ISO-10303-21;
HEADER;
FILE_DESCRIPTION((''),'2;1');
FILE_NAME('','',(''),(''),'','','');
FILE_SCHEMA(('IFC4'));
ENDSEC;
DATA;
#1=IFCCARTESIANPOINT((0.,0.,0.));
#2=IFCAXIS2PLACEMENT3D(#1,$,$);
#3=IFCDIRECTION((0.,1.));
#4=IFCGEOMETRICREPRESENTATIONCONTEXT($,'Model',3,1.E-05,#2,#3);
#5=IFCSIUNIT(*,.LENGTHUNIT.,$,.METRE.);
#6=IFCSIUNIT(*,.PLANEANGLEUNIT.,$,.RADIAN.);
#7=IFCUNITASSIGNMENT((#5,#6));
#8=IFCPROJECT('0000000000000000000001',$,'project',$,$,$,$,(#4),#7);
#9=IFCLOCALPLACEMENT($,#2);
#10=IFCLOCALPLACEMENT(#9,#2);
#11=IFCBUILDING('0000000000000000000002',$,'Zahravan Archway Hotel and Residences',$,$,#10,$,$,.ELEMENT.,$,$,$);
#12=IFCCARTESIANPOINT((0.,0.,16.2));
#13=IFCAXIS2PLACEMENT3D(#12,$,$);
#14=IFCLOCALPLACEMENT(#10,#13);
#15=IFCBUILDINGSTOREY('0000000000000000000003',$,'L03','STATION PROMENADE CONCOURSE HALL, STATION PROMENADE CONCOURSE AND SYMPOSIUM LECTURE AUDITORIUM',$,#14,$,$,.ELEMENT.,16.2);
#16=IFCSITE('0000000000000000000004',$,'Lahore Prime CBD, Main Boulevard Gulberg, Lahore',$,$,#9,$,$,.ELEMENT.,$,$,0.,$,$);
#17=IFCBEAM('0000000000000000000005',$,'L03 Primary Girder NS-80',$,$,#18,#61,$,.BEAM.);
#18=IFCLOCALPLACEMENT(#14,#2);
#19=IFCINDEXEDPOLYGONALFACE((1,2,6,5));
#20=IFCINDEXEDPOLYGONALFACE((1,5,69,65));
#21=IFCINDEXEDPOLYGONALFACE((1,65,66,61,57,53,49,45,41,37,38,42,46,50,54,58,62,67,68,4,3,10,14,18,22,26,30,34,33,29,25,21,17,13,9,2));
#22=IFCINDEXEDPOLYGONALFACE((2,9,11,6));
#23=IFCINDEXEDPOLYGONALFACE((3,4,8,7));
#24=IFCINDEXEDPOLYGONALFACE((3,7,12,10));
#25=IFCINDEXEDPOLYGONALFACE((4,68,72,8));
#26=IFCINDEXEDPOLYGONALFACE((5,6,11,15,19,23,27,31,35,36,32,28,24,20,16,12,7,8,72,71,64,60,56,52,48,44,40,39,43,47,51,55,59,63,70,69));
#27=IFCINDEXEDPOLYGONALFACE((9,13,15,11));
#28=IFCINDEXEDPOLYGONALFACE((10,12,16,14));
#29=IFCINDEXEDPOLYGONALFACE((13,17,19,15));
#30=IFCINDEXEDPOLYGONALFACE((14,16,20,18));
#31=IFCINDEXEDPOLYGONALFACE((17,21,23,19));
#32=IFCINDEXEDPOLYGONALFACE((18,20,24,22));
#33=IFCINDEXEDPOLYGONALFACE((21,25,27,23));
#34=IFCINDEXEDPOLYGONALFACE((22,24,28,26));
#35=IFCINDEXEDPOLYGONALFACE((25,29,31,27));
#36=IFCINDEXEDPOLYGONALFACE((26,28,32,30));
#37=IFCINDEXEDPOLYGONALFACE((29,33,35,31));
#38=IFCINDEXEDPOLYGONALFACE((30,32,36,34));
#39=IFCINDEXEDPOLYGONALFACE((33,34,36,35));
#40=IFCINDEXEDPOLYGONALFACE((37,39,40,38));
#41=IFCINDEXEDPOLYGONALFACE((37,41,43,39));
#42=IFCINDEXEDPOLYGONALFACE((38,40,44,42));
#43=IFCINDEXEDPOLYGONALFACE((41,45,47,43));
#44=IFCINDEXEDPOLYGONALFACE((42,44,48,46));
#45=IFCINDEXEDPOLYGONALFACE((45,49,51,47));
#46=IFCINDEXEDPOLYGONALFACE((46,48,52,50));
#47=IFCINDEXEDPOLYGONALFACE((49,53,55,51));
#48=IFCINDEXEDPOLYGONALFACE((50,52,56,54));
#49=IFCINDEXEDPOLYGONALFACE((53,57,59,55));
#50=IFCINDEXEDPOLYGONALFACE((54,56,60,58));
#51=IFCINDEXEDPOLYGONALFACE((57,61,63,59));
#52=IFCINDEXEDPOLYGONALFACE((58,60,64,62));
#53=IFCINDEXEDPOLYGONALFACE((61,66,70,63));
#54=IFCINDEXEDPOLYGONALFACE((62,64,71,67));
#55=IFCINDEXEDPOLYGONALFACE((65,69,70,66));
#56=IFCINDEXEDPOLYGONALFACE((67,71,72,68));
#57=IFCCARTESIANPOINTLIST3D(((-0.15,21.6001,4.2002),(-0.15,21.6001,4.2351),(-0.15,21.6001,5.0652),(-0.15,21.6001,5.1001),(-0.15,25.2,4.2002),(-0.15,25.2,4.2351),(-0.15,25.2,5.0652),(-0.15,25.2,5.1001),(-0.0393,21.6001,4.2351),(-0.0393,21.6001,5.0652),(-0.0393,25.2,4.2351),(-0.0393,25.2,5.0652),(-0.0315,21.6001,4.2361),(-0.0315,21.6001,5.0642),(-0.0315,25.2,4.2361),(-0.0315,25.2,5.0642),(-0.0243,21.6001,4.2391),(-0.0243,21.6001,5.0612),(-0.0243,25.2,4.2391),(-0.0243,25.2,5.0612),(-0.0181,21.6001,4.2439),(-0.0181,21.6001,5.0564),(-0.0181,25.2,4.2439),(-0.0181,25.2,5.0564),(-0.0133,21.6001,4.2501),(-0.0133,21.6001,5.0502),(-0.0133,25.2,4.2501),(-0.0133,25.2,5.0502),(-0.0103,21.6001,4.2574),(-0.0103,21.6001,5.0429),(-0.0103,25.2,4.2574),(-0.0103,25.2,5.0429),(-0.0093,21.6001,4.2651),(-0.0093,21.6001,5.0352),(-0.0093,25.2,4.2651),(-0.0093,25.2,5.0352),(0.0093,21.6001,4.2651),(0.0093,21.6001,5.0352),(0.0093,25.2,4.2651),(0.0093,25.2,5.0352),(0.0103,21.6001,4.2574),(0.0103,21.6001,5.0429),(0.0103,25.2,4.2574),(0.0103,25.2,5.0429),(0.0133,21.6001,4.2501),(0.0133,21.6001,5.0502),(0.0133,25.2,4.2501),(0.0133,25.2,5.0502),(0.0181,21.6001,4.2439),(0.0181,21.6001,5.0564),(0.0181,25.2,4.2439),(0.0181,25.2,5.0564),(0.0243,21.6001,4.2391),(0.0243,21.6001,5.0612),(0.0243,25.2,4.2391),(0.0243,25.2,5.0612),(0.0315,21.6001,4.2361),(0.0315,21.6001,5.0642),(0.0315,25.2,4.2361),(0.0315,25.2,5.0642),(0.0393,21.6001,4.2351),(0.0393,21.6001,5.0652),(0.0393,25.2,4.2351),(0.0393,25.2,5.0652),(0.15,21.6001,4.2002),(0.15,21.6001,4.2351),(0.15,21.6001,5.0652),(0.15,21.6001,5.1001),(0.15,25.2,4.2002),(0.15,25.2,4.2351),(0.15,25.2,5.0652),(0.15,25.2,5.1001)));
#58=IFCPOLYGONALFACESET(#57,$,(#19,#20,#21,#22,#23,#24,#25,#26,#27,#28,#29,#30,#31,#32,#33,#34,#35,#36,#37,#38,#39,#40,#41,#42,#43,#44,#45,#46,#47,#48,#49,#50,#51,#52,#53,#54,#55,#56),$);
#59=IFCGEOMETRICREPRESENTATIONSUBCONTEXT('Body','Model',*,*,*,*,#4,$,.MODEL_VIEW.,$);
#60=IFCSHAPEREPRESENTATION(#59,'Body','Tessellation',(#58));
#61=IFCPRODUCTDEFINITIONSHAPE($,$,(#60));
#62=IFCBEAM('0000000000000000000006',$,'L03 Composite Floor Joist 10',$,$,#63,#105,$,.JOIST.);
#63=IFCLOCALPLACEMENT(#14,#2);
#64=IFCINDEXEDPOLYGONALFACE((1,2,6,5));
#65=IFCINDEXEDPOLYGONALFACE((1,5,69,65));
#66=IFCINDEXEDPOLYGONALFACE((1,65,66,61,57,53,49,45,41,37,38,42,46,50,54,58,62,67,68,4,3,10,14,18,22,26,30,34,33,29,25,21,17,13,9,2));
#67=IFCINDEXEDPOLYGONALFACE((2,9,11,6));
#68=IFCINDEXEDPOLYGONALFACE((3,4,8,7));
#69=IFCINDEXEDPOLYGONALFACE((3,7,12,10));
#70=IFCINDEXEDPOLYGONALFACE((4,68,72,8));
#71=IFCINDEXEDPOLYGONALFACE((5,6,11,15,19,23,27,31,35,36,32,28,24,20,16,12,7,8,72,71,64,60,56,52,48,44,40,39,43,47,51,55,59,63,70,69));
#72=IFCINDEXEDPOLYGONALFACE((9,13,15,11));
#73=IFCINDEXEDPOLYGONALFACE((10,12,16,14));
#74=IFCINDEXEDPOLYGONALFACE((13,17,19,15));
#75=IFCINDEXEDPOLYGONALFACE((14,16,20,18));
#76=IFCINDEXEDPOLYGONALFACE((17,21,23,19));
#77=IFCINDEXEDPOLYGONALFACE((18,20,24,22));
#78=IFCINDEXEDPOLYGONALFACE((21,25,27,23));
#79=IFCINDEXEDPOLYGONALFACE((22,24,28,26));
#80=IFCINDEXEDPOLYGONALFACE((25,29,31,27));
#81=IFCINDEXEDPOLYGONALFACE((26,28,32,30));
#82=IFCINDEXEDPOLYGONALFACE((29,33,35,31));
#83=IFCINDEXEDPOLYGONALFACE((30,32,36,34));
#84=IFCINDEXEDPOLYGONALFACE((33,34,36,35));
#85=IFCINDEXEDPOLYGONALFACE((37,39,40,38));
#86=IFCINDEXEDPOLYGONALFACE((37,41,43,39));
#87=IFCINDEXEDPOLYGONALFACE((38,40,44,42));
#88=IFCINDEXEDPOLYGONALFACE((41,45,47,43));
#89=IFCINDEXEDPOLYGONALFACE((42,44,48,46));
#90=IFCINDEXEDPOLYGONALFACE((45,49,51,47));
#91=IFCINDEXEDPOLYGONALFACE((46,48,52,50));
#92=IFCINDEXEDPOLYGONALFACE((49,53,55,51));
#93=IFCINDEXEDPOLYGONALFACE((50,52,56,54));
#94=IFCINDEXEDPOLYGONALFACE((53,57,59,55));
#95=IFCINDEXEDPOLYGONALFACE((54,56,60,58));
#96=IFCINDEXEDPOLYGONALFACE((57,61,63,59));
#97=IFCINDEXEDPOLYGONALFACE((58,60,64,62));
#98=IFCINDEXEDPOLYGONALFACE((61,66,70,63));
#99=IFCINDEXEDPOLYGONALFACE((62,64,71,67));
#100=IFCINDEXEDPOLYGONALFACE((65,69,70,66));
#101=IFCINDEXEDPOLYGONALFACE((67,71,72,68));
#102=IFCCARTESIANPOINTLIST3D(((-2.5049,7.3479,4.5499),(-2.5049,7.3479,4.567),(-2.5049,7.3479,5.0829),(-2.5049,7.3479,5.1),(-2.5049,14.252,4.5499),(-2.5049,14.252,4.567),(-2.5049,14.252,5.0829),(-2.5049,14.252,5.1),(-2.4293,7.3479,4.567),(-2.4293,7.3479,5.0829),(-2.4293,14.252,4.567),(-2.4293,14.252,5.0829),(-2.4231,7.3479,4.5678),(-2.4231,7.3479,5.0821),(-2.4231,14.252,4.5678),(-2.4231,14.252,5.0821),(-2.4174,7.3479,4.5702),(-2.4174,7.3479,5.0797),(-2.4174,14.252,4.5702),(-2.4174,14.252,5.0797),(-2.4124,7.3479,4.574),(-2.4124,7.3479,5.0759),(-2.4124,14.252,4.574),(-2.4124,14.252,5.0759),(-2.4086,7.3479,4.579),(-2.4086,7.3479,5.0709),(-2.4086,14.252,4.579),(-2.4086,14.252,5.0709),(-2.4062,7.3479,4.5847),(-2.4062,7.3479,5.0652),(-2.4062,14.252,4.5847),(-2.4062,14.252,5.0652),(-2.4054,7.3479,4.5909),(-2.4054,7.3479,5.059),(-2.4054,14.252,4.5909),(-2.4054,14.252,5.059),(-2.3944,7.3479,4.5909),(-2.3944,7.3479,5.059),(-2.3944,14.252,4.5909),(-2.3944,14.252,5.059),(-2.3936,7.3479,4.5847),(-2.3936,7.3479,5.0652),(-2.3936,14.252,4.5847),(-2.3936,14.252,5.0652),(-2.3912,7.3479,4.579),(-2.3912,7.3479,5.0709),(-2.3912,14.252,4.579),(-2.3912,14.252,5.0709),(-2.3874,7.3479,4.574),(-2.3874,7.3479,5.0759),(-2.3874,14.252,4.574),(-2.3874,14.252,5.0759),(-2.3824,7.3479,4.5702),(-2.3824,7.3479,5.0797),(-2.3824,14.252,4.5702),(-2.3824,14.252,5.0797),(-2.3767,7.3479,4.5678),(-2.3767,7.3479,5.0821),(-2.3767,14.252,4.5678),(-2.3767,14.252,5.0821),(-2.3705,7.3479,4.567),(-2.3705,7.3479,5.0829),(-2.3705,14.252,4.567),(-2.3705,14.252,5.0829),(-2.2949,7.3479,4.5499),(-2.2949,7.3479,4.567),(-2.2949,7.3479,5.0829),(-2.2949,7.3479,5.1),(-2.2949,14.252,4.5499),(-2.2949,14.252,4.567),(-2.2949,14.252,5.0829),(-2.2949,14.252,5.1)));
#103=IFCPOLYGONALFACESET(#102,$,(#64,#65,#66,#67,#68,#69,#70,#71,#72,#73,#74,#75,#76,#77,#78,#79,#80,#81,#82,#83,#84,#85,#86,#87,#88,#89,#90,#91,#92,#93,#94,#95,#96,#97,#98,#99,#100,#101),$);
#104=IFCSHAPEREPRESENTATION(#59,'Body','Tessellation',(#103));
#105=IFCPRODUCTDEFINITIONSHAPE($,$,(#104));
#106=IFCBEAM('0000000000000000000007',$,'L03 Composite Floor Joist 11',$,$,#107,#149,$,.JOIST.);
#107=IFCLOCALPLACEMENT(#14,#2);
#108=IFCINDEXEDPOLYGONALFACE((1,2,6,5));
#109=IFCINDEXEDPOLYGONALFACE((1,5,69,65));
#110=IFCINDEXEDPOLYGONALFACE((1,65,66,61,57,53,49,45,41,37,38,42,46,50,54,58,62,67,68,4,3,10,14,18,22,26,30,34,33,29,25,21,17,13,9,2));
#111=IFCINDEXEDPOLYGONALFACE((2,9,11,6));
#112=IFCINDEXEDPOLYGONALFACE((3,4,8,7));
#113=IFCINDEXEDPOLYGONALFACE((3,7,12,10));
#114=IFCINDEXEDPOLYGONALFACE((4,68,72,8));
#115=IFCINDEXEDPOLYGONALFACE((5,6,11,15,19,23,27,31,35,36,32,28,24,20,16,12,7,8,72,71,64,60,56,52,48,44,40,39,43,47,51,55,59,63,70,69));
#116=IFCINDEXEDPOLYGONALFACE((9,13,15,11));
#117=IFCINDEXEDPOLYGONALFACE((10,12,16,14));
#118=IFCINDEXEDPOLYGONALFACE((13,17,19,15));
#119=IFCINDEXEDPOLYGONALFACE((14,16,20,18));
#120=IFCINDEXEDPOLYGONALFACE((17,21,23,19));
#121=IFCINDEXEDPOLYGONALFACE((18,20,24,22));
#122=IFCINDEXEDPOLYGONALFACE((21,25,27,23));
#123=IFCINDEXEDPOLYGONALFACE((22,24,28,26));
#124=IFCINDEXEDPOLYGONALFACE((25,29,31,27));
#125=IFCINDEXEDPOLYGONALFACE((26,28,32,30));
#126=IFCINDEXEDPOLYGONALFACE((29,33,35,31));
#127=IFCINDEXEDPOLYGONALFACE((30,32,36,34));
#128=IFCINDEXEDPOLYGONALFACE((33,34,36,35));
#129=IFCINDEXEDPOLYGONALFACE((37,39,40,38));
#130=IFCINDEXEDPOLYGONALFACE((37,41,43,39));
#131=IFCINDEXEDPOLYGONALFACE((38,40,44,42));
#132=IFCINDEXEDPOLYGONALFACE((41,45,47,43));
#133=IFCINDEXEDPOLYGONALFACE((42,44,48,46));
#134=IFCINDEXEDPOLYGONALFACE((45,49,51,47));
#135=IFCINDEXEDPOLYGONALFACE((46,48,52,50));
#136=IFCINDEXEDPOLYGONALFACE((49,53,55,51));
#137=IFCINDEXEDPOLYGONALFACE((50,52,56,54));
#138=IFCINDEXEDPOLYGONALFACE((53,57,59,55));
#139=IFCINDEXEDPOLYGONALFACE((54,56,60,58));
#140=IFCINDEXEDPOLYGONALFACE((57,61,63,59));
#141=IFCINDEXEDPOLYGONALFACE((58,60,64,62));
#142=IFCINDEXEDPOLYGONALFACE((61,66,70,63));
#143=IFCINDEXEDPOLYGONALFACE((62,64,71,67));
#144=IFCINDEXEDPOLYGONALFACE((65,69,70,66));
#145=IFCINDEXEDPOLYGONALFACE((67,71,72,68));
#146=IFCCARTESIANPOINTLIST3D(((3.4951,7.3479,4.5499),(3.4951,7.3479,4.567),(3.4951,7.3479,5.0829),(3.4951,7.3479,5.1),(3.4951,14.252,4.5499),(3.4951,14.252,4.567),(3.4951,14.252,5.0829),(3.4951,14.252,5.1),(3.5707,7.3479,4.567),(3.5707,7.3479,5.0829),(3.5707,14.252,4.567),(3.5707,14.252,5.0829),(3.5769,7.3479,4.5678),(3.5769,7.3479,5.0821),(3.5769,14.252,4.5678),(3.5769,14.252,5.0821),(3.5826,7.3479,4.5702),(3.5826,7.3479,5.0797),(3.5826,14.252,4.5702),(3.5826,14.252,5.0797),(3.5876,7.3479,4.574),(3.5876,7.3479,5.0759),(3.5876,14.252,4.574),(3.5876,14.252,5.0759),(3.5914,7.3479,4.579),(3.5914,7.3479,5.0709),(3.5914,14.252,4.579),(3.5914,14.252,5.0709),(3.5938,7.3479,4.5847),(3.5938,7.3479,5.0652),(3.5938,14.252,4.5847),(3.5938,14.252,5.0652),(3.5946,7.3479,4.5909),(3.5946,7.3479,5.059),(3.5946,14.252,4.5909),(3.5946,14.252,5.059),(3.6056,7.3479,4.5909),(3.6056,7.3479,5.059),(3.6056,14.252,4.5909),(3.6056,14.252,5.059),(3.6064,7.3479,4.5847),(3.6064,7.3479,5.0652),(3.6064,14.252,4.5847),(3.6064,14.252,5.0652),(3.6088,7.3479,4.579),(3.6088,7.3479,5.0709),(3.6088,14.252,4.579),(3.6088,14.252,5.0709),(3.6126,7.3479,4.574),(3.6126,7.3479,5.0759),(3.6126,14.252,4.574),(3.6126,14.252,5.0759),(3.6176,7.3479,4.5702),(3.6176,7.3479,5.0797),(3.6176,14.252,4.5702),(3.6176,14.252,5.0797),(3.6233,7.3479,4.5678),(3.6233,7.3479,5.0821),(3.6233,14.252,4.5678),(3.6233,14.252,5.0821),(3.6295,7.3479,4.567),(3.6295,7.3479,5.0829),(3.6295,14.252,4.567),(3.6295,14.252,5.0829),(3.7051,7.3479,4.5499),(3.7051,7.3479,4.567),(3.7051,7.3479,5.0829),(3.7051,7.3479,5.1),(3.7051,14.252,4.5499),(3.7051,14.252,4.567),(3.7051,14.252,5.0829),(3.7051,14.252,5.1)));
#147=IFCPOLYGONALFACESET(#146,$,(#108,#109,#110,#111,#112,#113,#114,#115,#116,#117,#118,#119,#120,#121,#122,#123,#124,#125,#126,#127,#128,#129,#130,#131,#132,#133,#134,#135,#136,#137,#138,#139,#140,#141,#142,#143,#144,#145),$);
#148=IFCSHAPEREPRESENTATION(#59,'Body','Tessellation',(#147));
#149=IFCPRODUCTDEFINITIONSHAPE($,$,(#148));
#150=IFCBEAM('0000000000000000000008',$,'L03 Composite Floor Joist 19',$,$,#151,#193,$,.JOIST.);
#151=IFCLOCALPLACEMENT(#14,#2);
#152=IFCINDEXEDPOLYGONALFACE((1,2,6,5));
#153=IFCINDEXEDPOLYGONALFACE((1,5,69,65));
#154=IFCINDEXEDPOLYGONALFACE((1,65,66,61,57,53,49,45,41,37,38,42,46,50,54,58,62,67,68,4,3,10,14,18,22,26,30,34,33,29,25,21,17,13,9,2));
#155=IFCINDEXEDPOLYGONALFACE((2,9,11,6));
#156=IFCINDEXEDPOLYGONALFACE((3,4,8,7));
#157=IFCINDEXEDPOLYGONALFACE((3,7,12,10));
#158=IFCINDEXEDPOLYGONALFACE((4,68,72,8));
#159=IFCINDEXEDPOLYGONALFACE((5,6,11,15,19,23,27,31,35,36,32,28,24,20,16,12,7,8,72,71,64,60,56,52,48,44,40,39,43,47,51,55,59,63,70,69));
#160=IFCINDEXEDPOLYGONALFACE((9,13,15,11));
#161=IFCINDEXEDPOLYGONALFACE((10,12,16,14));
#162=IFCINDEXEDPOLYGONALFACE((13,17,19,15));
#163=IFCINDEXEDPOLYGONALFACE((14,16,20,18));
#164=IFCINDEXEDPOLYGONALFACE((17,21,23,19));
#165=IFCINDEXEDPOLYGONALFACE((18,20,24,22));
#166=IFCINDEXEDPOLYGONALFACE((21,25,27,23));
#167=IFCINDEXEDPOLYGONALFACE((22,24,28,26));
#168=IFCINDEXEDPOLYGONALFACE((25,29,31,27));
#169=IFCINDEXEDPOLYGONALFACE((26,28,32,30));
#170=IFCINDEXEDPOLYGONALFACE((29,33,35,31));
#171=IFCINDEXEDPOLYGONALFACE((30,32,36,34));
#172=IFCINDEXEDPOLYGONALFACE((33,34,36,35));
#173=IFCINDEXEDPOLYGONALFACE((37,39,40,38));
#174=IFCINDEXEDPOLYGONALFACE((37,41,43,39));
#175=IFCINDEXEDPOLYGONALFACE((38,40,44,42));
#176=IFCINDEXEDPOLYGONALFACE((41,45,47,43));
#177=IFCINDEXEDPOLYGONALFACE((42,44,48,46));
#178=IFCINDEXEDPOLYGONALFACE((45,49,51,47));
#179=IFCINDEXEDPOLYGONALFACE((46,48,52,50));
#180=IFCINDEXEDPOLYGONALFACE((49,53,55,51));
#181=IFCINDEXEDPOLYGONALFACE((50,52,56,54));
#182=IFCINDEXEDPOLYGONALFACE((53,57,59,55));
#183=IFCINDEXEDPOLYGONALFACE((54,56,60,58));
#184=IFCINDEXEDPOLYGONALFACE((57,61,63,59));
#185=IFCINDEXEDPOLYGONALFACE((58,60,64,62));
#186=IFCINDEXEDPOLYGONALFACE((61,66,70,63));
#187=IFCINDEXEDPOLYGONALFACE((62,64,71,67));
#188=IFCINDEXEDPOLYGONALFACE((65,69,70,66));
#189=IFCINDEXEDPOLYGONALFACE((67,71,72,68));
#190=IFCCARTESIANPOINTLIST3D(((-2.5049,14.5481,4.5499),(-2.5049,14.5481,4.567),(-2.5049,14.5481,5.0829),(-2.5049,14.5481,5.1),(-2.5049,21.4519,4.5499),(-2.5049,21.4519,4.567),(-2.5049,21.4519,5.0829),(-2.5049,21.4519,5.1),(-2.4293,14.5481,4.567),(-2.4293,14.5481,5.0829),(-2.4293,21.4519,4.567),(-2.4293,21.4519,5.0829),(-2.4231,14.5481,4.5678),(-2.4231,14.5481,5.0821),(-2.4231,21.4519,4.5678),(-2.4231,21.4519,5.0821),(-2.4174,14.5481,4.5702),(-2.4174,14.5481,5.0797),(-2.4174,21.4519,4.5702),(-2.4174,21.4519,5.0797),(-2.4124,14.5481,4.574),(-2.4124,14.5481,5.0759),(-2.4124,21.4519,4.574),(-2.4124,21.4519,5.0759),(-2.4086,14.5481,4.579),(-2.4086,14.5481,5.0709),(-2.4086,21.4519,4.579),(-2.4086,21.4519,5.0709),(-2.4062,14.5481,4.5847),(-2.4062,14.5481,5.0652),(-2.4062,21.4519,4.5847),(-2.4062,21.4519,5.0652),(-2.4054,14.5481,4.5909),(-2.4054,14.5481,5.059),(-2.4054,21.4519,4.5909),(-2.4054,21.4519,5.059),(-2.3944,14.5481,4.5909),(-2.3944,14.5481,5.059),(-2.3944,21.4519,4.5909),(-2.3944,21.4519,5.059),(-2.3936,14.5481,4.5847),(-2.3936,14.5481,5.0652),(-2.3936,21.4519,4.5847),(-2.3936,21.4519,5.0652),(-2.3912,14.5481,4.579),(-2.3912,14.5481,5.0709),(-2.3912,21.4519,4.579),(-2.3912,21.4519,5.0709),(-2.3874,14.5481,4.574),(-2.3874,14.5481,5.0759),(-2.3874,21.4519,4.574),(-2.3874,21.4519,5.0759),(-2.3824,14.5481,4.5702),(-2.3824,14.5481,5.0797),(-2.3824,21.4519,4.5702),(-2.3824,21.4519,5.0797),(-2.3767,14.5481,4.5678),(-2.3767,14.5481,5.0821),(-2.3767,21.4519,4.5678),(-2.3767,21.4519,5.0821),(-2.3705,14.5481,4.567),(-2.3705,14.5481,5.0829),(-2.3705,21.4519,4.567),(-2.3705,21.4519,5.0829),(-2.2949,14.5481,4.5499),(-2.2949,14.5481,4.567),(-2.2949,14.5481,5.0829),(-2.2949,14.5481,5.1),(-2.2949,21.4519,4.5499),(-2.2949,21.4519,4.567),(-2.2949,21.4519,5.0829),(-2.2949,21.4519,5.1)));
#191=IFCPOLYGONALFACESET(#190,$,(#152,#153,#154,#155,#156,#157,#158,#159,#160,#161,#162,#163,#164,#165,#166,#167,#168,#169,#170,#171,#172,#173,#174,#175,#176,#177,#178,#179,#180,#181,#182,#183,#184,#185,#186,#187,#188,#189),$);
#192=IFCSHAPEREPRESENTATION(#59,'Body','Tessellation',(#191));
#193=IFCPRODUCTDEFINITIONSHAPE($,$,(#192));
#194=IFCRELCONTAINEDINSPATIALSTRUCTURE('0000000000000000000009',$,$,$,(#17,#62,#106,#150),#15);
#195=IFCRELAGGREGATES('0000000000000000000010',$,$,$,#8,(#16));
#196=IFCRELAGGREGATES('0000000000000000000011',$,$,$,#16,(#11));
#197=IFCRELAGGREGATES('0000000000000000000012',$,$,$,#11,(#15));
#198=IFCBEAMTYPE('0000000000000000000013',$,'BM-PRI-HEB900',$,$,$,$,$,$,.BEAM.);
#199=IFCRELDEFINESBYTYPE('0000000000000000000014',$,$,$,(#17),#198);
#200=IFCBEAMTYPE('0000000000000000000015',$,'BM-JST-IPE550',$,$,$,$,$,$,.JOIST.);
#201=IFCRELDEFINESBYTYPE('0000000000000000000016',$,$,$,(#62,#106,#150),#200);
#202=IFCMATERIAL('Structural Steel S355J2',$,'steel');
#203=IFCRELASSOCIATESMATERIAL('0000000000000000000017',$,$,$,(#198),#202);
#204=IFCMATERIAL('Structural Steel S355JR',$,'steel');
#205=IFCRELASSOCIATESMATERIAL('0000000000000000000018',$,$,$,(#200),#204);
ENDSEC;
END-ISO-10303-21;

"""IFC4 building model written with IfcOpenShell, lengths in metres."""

from ifc_helpers import new_model, si_unit, direction, frame, origin, origin_2d, place, context, subcontext, project, spatial, i_section, extrude, source, transform, mapped, material, material_profile, profile_set, type_object, type_shapes, element, save


model = new_model("IFC4")

# Units and contexts
model_context = context("Model", 3, precision=1e-05, world=origin(), true_north=direction((0.0, 1.0)))
body_context = subcontext(model_context, "Body", "Model", "MODEL_VIEW")
ifc_project = project(units=[si_unit("LENGTHUNIT", "METRE"), si_unit("PLANEANGLEUNIT", "RADIAN")], contexts=[model_context])

# Site, building, storey
site_placement = place(None, origin())
site = spatial("IfcSite", under=ifc_project, at=site_placement, Name="Lahore Prime CBD, Main Boulevard Gulberg, Lahore", CompositionType="ELEMENT", RefElevation=0.0)
building_placement = place(site_placement, origin())
building = spatial("IfcBuilding", under=site, at=building_placement, Name="Zahravan Archway Hotel and Residences", CompositionType="ELEMENT")
storey_placement = place(building_placement, frame((0.0, 0.0, 16.2)))
storey = spatial("IfcBuildingStorey", under=building, at=storey_placement, Name="L03", Description="STATION PROMENADE CONCOURSE HALL, STATION PROMENADE CONCOURSE AND SYMPOSIUM LECTURE AUDITORIUM", CompositionType="ELEMENT", Elevation=16.2)

# Beams
ifc_material_1 = material(Name="Structural Steel S355J2", Category="steel")
ifc_material_profile_1 = material_profile(ifc_material_1, i_section(OverallWidth=0.3, OverallDepth=0.8999, WebThickness=0.0186, FlangeThickness=0.0349, FilletRadius=0.03, at=origin_2d()), Name="HEB 900", Category="steel")
ifc_profile_set_1 = profile_set([ifc_material_profile_1], Name="Structural Steel S355J2")
beam_type_1 = type_object("IfcBeamType", Name="BM-PRI-HEB900", PredefinedType="BEAM", material=ifc_profile_set_1)
shared_shape_1 = source(origin(), body_context, "Body", "SweptSolid", [
    extrude(i_section(OverallWidth=0.3, OverallDepth=0.8999, WebThickness=0.0186, FlangeThickness=0.0349, FilletRadius=0.03, at=origin_2d()), origin(), (0.0, 0.0, 1.0), 3.5999),
])
for number, where, z_axis, x_axis, name in (
    (1, (0.0, 21.6001, 4.6501), (0.0, 1.0, 0.0), (-1.0, 0.0, 0.0), "L03 Primary Girder NS-80"),
):
    element("IfcBeam", number, at=place(storey_placement, frame(where, z_axis=z_axis, x_axis=x_axis)), inside=storey, type_object=beam_type_1, Name=name, PredefinedType="BEAM", context=body_context, shape_type="MappedRepresentation", body=[
        mapped(shared_shape_1, transform((0.0, 0.0, 0.0), scale=1.0)),
    ])
ifc_material_2 = material(Name="Structural Steel S355JR", Category="steel")
ifc_material_profile_2 = material_profile(ifc_material_2, i_section(OverallWidth=0.21, OverallDepth=0.55, WebThickness=0.011, FlangeThickness=0.0171, FilletRadius=0.0239, at=origin_2d()), Name="IPE 550", Category="steel")
ifc_profile_set_2 = profile_set([ifc_material_profile_2], Name="Structural Steel S355JR")
beam_type_2 = type_object("IfcBeamType", Name="BM-JST-IPE550", PredefinedType="JOIST", material=ifc_profile_set_2)
shared_shape_2 = source(origin(), body_context, "Body", "SweptSolid", [
    extrude(i_section(OverallWidth=0.21, OverallDepth=0.55, WebThickness=0.011, FlangeThickness=0.0171, FilletRadius=0.0239, at=origin_2d()), origin(), (0.0, 0.0, 1.0), 6.9041),
])
type_shapes(beam_type_2, [shared_shape_2])
for number, where, z_axis, x_axis, name in (
    (2, (-2.3999, 7.3479, 4.825), (0.0, 1.0, 0.0), (-1.0, 0.0, 0.0), "L03 Composite Floor Joist 10"),
    (3, (3.6001, 7.3479, 4.825), (0.0, 1.0, 0.0), (-1.0, 0.0, 0.0), "L03 Composite Floor Joist 11"),
):
    element("IfcBeam", number, at=place(storey_placement, frame(where, z_axis=z_axis, x_axis=x_axis)), inside=storey, type_object=beam_type_2, Name=name, PredefinedType="JOIST", context=body_context, shape_type="MappedRepresentation", body=[
        mapped(shared_shape_2, transform((0.0, 0.0, 0.0), scale=1.0)),
    ])
shared_shape_3 = source(origin(), body_context, "Body", "SweptSolid", [
    extrude(i_section(OverallWidth=0.21, OverallDepth=0.55, WebThickness=0.011, FlangeThickness=0.0171, FilletRadius=0.0239, at=origin_2d()), origin(), (0.0, 0.0, 1.0), 6.9038),
])
for number, where, z_axis, x_axis, name in (
    (4, (-2.3999, 14.5481, 4.825), (0.0, 1.0, 0.0), (-1.0, 0.0, 0.0), "L03 Composite Floor Joist 19"),
):
    element("IfcBeam", number, at=place(storey_placement, frame(where, z_axis=z_axis, x_axis=x_axis)), inside=storey, type_object=beam_type_2, Name=name, PredefinedType="JOIST", context=body_context, shape_type="MappedRepresentation", body=[
        mapped(shared_shape_3, transform((0.0, 0.0, 0.0), scale=1.0)),
    ])

save(model, "model.ifc")
